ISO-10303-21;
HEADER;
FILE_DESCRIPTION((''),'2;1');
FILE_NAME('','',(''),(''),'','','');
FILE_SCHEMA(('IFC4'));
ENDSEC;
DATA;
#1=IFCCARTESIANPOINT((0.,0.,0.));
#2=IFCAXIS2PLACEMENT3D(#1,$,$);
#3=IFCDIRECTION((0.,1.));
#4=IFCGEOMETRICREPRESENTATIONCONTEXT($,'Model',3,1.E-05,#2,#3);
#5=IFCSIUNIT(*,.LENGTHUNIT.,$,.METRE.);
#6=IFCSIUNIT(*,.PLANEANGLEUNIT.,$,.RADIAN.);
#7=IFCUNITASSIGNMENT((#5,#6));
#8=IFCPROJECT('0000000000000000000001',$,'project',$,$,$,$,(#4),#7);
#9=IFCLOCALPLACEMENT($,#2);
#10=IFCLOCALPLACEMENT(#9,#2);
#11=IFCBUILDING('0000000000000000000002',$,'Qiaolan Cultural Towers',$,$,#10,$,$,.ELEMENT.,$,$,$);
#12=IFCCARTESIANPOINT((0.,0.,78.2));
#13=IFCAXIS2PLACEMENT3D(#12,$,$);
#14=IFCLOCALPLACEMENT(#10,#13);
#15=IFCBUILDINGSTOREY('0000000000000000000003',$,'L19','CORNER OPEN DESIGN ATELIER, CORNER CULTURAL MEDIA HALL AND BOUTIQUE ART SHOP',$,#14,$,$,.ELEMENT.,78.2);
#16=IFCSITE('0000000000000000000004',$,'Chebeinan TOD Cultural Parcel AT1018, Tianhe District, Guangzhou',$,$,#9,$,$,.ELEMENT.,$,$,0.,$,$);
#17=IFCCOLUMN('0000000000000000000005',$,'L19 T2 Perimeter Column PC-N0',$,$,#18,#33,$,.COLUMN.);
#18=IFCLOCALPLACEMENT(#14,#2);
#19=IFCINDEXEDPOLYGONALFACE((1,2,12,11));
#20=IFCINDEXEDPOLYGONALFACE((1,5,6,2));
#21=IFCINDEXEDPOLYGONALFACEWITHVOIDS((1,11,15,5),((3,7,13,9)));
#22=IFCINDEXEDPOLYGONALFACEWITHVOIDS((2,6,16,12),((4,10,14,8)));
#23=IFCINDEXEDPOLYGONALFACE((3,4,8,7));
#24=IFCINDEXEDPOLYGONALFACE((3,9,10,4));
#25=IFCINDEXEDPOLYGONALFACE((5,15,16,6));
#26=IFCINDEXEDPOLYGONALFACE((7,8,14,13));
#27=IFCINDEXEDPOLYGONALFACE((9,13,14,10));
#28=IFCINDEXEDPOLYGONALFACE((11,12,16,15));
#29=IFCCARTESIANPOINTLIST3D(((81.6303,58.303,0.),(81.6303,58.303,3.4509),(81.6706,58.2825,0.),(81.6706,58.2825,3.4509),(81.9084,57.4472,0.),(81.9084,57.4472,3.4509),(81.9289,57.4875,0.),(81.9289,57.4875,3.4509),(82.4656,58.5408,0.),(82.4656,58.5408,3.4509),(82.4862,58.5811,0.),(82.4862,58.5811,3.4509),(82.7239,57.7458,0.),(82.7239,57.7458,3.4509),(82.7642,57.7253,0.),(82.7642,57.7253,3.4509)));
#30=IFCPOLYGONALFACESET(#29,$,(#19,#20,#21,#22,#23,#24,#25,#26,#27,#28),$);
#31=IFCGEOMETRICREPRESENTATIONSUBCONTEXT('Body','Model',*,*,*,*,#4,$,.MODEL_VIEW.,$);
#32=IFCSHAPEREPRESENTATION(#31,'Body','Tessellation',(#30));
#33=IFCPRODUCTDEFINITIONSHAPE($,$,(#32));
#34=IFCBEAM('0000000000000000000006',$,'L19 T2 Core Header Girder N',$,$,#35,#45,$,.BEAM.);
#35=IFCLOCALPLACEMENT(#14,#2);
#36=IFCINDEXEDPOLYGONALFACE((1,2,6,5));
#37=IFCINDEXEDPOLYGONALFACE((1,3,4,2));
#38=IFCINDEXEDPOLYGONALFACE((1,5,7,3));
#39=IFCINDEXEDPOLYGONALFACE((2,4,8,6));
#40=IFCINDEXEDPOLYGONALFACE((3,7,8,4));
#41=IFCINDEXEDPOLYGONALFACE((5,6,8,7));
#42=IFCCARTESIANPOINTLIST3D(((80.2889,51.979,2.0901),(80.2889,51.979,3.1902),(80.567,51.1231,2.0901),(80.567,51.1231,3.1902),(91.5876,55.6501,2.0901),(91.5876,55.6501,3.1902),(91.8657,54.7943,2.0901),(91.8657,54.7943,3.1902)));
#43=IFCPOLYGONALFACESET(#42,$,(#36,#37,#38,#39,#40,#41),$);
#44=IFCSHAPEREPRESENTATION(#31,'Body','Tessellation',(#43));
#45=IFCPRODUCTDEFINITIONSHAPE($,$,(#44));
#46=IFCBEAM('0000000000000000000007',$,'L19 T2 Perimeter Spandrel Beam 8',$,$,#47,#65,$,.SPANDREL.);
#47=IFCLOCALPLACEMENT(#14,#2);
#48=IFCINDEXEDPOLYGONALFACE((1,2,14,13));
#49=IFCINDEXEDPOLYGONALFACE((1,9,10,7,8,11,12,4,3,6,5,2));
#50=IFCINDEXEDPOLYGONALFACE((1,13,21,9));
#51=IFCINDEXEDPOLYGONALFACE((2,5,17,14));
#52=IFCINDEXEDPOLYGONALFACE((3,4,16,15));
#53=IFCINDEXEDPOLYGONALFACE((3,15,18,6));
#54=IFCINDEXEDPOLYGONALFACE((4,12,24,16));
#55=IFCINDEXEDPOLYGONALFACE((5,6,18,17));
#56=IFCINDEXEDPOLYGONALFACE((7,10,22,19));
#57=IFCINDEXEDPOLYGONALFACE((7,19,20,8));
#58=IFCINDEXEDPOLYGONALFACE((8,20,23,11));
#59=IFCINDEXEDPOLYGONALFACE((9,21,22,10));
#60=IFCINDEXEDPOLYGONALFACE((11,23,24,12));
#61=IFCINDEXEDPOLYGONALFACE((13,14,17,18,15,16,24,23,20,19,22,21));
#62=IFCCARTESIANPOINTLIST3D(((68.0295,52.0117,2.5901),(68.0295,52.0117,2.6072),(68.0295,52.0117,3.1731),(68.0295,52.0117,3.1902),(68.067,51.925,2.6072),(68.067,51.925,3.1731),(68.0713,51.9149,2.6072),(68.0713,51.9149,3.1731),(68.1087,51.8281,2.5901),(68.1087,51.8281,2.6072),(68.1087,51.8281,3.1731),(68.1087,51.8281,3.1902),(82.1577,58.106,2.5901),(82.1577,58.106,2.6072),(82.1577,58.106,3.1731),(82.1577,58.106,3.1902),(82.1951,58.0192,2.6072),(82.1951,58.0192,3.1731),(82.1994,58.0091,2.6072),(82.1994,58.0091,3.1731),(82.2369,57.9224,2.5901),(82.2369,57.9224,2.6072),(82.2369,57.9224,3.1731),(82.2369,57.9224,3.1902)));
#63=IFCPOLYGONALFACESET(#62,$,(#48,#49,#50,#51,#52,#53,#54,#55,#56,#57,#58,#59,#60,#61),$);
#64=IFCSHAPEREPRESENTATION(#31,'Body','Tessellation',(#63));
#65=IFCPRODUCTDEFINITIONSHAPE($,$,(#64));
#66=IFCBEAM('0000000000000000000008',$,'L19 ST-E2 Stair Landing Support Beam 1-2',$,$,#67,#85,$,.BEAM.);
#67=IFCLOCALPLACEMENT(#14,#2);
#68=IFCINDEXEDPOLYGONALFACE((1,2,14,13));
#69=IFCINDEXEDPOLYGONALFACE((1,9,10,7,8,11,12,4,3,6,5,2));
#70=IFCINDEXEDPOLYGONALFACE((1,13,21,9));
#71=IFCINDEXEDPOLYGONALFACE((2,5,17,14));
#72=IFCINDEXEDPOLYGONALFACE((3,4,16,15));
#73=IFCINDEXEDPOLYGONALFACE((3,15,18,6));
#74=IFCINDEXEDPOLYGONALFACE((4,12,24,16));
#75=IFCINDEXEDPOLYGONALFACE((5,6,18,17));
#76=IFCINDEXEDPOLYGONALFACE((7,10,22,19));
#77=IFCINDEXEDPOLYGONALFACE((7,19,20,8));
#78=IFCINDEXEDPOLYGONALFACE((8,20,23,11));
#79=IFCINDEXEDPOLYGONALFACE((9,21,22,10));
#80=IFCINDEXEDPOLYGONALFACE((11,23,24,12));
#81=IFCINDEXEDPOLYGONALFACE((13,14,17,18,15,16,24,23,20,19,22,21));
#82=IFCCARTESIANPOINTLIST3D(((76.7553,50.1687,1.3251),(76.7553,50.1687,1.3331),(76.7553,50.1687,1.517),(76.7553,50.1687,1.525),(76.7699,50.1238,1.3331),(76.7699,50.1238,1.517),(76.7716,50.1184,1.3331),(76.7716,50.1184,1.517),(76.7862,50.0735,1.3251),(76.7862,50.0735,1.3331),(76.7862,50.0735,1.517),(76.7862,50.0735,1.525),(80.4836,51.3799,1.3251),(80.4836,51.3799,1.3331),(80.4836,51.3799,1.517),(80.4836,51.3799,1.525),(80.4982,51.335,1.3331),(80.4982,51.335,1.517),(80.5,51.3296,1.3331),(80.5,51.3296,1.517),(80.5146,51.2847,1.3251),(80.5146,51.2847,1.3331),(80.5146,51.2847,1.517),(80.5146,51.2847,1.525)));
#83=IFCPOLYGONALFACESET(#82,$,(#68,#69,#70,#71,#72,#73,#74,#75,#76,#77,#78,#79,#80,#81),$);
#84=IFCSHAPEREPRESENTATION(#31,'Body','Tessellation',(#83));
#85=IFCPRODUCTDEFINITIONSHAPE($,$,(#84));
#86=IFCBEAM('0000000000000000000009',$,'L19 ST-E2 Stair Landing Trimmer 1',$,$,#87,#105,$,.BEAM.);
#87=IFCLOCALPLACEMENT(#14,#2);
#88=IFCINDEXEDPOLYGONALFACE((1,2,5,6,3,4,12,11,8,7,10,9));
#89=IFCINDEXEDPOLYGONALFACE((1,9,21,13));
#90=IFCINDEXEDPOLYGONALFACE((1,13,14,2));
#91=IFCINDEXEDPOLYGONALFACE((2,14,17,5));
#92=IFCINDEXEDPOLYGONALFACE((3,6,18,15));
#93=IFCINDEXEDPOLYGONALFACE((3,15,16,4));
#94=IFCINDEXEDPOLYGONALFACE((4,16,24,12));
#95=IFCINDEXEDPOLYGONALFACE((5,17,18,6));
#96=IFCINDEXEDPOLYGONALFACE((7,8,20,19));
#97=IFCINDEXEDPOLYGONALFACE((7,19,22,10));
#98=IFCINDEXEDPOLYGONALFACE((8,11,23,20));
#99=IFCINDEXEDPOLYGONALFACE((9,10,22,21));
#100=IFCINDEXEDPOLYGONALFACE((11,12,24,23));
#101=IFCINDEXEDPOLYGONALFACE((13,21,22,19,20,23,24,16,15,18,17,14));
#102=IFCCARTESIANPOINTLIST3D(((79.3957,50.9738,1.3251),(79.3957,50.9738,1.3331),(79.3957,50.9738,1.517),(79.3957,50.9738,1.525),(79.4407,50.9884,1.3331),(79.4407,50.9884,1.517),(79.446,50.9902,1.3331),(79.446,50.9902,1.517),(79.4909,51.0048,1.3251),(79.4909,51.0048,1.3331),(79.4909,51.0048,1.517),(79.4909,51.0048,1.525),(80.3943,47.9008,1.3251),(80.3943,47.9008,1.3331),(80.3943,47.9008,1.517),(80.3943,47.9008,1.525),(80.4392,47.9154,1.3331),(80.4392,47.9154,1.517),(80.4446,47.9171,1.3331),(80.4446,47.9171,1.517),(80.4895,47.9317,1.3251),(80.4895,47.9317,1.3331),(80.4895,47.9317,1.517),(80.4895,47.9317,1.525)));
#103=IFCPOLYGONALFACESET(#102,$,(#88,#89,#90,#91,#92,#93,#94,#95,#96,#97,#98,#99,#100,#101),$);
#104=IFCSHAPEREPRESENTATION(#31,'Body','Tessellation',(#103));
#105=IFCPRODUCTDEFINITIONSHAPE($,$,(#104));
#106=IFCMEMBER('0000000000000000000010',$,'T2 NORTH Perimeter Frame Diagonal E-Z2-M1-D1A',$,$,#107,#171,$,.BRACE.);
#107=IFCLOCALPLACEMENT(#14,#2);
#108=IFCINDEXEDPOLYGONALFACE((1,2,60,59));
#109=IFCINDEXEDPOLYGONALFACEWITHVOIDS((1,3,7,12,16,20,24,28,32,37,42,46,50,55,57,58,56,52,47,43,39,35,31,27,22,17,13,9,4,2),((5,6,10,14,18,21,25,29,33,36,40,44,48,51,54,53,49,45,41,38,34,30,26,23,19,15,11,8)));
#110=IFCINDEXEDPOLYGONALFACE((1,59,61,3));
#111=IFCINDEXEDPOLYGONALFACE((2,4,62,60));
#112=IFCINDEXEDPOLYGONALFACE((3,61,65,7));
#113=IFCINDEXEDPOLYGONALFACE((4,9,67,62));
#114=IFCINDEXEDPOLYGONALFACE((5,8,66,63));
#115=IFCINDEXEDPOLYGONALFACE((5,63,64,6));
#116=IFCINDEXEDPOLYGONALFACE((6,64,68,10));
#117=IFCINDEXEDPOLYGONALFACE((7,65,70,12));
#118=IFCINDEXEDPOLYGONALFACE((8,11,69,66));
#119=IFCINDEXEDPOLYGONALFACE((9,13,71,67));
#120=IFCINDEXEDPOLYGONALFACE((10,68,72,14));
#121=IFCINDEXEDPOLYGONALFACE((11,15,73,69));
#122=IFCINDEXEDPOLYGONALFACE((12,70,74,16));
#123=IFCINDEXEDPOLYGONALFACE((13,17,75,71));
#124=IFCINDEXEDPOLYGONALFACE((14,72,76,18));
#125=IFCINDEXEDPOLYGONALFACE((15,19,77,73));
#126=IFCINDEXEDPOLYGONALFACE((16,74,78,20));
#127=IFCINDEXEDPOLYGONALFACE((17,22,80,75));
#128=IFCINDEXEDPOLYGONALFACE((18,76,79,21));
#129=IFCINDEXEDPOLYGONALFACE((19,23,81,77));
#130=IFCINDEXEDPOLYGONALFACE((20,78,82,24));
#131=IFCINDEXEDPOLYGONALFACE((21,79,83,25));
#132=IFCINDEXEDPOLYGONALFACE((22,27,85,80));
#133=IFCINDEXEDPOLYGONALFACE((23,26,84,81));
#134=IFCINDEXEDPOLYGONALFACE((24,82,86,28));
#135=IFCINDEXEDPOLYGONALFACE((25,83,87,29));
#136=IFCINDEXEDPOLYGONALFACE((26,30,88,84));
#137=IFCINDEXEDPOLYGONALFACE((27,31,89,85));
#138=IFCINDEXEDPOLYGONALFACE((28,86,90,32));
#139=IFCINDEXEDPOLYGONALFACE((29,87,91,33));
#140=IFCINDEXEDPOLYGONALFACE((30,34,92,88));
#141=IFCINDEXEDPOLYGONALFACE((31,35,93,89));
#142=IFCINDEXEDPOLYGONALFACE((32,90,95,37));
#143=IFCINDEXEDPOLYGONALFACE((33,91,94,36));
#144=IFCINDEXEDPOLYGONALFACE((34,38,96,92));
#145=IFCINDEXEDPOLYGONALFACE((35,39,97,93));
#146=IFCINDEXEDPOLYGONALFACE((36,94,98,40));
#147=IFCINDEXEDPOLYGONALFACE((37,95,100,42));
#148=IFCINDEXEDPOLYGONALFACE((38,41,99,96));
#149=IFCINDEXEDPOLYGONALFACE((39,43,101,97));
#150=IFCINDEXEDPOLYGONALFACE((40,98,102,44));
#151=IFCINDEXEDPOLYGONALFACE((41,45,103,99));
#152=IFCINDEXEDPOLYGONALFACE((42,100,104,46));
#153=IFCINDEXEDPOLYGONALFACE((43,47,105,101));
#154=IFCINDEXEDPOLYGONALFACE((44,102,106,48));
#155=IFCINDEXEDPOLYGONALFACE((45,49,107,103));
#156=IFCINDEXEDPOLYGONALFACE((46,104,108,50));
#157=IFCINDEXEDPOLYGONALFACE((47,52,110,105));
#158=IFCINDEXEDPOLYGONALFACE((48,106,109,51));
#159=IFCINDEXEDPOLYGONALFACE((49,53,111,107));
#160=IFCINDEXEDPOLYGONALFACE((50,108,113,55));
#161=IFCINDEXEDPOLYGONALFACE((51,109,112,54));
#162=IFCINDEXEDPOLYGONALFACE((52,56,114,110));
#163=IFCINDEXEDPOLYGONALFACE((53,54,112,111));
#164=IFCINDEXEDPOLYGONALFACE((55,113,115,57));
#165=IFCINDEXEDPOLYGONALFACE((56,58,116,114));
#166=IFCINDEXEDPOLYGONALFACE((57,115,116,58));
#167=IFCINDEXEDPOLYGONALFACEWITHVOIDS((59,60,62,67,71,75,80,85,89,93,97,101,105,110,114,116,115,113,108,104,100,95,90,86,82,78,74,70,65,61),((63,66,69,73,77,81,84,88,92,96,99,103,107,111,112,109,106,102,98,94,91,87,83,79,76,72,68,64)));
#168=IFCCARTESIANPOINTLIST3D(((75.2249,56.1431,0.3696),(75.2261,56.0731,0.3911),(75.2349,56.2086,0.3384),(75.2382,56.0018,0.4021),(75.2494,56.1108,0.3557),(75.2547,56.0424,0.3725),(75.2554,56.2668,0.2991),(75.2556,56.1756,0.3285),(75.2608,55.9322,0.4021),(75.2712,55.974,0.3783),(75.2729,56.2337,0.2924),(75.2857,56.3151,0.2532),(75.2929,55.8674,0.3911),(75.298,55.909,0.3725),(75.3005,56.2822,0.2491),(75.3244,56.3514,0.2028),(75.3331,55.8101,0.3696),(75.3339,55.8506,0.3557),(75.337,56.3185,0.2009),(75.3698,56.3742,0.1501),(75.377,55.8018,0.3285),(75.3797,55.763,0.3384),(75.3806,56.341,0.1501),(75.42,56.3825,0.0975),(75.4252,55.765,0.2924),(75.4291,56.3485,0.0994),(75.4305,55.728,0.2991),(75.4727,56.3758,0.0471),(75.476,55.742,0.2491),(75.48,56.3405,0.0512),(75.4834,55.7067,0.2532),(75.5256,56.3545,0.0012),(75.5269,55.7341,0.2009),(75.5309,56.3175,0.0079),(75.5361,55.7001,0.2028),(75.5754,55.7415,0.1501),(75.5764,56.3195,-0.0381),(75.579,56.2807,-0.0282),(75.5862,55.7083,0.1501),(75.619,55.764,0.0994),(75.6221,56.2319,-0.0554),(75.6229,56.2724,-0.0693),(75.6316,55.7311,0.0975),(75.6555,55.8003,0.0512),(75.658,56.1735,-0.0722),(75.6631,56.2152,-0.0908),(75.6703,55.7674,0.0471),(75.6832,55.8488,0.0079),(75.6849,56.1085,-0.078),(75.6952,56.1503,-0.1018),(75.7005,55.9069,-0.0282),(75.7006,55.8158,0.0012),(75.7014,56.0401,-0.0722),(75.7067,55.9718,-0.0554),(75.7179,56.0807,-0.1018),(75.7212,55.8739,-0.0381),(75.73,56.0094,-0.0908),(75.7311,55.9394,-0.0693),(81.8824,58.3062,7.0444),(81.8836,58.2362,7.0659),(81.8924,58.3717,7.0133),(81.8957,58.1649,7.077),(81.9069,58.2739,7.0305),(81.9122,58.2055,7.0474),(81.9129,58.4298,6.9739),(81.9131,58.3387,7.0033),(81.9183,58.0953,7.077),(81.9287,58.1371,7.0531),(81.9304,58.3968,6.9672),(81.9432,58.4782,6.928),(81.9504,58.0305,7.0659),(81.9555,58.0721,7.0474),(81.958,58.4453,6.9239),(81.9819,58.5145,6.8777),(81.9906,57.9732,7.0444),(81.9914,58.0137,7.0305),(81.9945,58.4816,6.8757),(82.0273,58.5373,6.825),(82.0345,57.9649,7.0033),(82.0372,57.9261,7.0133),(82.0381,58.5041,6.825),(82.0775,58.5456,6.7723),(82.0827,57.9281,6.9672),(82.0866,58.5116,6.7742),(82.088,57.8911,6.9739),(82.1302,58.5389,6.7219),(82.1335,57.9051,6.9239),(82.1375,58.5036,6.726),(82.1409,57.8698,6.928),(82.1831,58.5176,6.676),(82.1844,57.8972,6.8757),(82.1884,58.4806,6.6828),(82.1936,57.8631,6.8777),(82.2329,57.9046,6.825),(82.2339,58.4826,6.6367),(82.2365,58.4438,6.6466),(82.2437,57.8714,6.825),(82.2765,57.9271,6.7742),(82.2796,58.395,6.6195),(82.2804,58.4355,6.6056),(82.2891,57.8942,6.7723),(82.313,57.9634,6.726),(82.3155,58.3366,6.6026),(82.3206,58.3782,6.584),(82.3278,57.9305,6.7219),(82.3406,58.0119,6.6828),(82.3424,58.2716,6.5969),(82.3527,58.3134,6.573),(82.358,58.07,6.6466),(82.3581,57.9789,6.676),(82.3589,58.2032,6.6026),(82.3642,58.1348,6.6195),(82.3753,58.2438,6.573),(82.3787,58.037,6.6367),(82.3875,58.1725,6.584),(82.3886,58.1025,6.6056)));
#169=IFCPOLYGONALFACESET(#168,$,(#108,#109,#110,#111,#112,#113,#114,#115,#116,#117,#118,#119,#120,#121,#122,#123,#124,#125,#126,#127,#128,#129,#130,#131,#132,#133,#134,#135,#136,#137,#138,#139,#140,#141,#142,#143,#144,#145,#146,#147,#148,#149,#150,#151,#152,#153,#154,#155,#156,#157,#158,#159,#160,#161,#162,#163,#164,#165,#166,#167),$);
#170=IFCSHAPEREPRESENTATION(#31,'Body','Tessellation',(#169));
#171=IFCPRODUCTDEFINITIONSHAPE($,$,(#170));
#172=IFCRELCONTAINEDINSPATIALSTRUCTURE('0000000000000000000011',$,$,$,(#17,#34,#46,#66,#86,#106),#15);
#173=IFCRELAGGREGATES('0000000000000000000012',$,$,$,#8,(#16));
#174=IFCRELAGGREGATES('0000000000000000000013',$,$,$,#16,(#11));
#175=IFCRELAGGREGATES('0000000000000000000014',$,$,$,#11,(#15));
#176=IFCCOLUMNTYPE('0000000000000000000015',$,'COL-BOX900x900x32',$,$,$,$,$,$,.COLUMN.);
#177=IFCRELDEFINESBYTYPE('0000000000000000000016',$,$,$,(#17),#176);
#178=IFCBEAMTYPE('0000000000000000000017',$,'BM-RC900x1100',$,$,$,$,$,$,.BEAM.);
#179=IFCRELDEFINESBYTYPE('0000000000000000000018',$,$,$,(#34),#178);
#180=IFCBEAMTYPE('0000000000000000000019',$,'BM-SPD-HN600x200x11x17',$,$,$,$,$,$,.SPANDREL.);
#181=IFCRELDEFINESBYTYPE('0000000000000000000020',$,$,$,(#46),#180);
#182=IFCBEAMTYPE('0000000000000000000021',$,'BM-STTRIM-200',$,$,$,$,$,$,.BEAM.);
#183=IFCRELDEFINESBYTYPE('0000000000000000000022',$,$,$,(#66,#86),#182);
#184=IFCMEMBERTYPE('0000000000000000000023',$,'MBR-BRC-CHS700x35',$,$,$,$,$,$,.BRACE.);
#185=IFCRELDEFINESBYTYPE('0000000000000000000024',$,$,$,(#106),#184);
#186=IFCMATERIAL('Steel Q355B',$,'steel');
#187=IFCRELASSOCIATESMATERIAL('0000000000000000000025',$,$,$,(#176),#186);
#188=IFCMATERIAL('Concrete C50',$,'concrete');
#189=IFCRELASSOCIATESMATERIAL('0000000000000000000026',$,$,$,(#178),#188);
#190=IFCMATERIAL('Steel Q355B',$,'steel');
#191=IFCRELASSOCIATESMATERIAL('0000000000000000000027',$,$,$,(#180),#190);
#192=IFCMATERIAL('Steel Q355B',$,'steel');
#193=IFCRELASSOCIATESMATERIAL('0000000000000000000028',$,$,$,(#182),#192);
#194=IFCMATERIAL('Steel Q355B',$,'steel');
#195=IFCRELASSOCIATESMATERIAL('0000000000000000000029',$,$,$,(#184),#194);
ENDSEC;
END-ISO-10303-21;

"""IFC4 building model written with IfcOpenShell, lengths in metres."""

from ifc_helpers import new_model, si_unit, direction, frame, origin, origin_2d, place, context, subcontext, project, spatial, rectangle, hollow_rectangle, hollow_circle, i_section, extrude, material, material_profile, profile_set, type_object, element, save


model = new_model("IFC4")

# Units and contexts
model_context = context("Model", 3, precision=1e-05, world=origin(), true_north=direction((0.0, 1.0)))
body_context = subcontext(model_context, "Body", "Model", "MODEL_VIEW")
ifc_project = project(units=[si_unit("LENGTHUNIT", "METRE"), si_unit("PLANEANGLEUNIT", "RADIAN")], contexts=[model_context])

# Site, building, storey
site_placement = place(None, origin())
site = spatial("IfcSite", under=ifc_project, at=site_placement, Name="Chebeinan TOD Cultural Parcel AT1018, Tianhe District, Guangzhou", CompositionType="ELEMENT", RefElevation=0.0)
building_placement = place(site_placement, origin())
building = spatial("IfcBuilding", under=site, at=building_placement, Name="Qiaolan Cultural Towers", CompositionType="ELEMENT")
storey_placement = place(building_placement, frame((0.0, 0.0, 78.2)))
storey = spatial("IfcBuildingStorey", under=building, at=storey_placement, Name="L19", Description="CORNER OPEN DESIGN ATELIER, CORNER CULTURAL MEDIA HALL AND BOUTIQUE ART SHOP", CompositionType="ELEMENT", Elevation=78.2)

# Column
ifc_material_1 = material(Name="Steel Q355B", Category="steel")
ifc_material_profile_1 = material_profile(ifc_material_1, hollow_rectangle(XDim=0.8999, YDim=0.8999, WallThickness=0.032, at=origin_2d()), Name="BOX900x900x32")
ifc_profile_set_1 = profile_set([ifc_material_profile_1], Name="Steel Q355B")
column_type = type_object("IfcColumnType", Name="COL-BOX900x900x32", PredefinedType="COLUMN", material=ifc_profile_set_1)
column_placement = place(storey_placement, frame((82.1973, 58.0142, 0.0), z_axis=(0.0, 0.0, 1.0), x_axis=(0.951057, 0.309017, 0.0)))
element("IfcColumn", 1, at=column_placement, inside=storey, type_object=column_type, Name="L19 T2 Perimeter Column PC-N0", PredefinedType="COLUMN", context=body_context, shape_type="SweptSolid", body=[
    extrude(hollow_rectangle(XDim=0.8999, YDim=0.8999, WallThickness=0.032, at=origin_2d()), origin(), (0.0, 0.0, 1.0), 3.4509),
])

# Beams
ifc_material_2 = material(Name="Concrete C50", Category="concrete")
ifc_material_profile_2 = material_profile(ifc_material_2, rectangle(XDim=0.8999, YDim=1.1001, at=origin_2d()), Name="RC900x1100")
ifc_profile_set_2 = profile_set([ifc_material_profile_2], Name="Concrete C50")
beam_type_1 = type_object("IfcBeamType", Name="BM-RC900x1100", PredefinedType="BEAM", material=ifc_profile_set_2)
beam_1_placement = place(storey_placement, frame((80.428, 51.551, 2.6401), z_axis=(0.951056, 0.309018, 0.0), x_axis=(-0.309018, 0.951056, 0.0)))
element("IfcBeam", 2, at=beam_1_placement, inside=storey, type_object=beam_type_1, Name="L19 T2 Core Header Girder N", PredefinedType="BEAM", context=body_context, shape_type="SweptSolid", body=[
    extrude(rectangle(XDim=0.8999, YDim=1.1001, at=origin_2d()), origin(), (0.0, 0.0, 1.0), 11.8801),
])
ifc_material_3 = material(Name="Steel Q355B", Category="steel")
ifc_material_profile_3 = material_profile(ifc_material_3, i_section(OverallWidth=0.2, OverallDepth=0.6001, WebThickness=0.011, FlangeThickness=0.0171, at=origin_2d()), Name="HN600x200x11x17")
ifc_profile_set_3 = profile_set([ifc_material_profile_3], Name="Steel Q355B")
beam_type_2 = type_object("IfcBeamType", Name="BM-SPD-HN600x200x11x17", PredefinedType="SPANDREL", material=ifc_profile_set_3)
beam_2_placement = place(storey_placement, frame((82.1973, 58.0142, 2.8901), z_axis=(-0.918218, -0.396076, 0.0), x_axis=(0.396076, -0.918218, 0.0)))
element("IfcBeam", 3, at=beam_2_placement, inside=storey, type_object=beam_type_2, Name="L19 T2 Perimeter Spandrel Beam 8", PredefinedType="SPANDREL", context=body_context, shape_type="SweptSolid", body=[
    extrude(i_section(OverallWidth=0.2, OverallDepth=0.6001, WebThickness=0.011, FlangeThickness=0.0171, at=origin_2d()), origin(), (0.0, 0.0, 1.0), 15.3865),
])
ifc_material_4 = material(Name="Steel Q355B", Category="steel")
ifc_material_profile_4 = material_profile(ifc_material_4, i_section(OverallWidth=0.1001, OverallDepth=0.2, WebThickness=0.0056, FlangeThickness=0.0081, at=origin_2d()), Name="HN200x100x5.5x8")
ifc_profile_set_4 = profile_set([ifc_material_profile_4], Name="Steel Q355B")
beam_type_3 = type_object("IfcBeamType", Name="BM-STTRIM-200", PredefinedType="BEAM", material=ifc_profile_set_4)
beam_3_placement = place(storey_placement, frame((76.7708, 50.1211, 1.425), z_axis=(0.951072, 0.308969, 0.0), x_axis=(-0.308969, 0.951072, 0.0)))
element("IfcBeam", 4, at=beam_3_placement, inside=storey, type_object=beam_type_3, Name="L19 ST-E2 Stair Landing Support Beam 1-2", PredefinedType="BEAM", context=body_context, shape_type="SweptSolid", body=[
    extrude(i_section(OverallWidth=0.1001, OverallDepth=0.2, WebThickness=0.0056, FlangeThickness=0.0081, at=origin_2d()), origin(), (0.0, 0.0, 1.0), 3.9202),
])
beam_4_placement = place(storey_placement, frame((80.4419, 47.9163, 1.425), z_axis=(-0.309033, 0.951051, 0.0), x_axis=(-0.951051, -0.309033, 0.0)))
element("IfcBeam", 5, at=beam_4_placement, inside=storey, type_object=beam_type_3, Name="L19 ST-E2 Stair Landing Trimmer 1", PredefinedType="BEAM", context=body_context, shape_type="SweptSolid", body=[
    extrude(i_section(OverallWidth=0.1001, OverallDepth=0.2, WebThickness=0.0056, FlangeThickness=0.0081, at=origin_2d()), origin(), (0.0, 0.0, 1.0), 3.2312),
])

# Member
ifc_material_5 = material(Name="Steel Q355B", Category="steel")
ifc_material_profile_5 = material_profile(ifc_material_5, hollow_circle(Radius=0.3501, WallThickness=0.0349, at=origin_2d()), Name="CHS700x35")
ifc_profile_set_5 = profile_set([ifc_material_profile_5], Name="Steel Q355B")
member_type = type_object("IfcMemberType", Name="MBR-BRC-CHS700x35", PredefinedType="BRACE", material=ifc_profile_set_5)
member_1_placement = place(storey_placement, frame((75.478, 56.0413, 0.1501), z_axis=(0.688301, 0.223637, 0.690093), x_axis=(-0.30901, 0.951059, 0.0)))
element("IfcMember", 6, at=member_1_placement, inside=storey, type_object=member_type, Name="T2 NORTH Perimeter Frame Diagonal E-Z2-M1-D1A", PredefinedType="BRACE", context=body_context, shape_type="SweptSolid", body=[
    extrude(hollow_circle(Radius=0.3501, WallThickness=0.0349, at=origin_2d()), origin(), (0.0, 0.0, 1.0), 9.6724),
])

save(model, "model.ifc")
